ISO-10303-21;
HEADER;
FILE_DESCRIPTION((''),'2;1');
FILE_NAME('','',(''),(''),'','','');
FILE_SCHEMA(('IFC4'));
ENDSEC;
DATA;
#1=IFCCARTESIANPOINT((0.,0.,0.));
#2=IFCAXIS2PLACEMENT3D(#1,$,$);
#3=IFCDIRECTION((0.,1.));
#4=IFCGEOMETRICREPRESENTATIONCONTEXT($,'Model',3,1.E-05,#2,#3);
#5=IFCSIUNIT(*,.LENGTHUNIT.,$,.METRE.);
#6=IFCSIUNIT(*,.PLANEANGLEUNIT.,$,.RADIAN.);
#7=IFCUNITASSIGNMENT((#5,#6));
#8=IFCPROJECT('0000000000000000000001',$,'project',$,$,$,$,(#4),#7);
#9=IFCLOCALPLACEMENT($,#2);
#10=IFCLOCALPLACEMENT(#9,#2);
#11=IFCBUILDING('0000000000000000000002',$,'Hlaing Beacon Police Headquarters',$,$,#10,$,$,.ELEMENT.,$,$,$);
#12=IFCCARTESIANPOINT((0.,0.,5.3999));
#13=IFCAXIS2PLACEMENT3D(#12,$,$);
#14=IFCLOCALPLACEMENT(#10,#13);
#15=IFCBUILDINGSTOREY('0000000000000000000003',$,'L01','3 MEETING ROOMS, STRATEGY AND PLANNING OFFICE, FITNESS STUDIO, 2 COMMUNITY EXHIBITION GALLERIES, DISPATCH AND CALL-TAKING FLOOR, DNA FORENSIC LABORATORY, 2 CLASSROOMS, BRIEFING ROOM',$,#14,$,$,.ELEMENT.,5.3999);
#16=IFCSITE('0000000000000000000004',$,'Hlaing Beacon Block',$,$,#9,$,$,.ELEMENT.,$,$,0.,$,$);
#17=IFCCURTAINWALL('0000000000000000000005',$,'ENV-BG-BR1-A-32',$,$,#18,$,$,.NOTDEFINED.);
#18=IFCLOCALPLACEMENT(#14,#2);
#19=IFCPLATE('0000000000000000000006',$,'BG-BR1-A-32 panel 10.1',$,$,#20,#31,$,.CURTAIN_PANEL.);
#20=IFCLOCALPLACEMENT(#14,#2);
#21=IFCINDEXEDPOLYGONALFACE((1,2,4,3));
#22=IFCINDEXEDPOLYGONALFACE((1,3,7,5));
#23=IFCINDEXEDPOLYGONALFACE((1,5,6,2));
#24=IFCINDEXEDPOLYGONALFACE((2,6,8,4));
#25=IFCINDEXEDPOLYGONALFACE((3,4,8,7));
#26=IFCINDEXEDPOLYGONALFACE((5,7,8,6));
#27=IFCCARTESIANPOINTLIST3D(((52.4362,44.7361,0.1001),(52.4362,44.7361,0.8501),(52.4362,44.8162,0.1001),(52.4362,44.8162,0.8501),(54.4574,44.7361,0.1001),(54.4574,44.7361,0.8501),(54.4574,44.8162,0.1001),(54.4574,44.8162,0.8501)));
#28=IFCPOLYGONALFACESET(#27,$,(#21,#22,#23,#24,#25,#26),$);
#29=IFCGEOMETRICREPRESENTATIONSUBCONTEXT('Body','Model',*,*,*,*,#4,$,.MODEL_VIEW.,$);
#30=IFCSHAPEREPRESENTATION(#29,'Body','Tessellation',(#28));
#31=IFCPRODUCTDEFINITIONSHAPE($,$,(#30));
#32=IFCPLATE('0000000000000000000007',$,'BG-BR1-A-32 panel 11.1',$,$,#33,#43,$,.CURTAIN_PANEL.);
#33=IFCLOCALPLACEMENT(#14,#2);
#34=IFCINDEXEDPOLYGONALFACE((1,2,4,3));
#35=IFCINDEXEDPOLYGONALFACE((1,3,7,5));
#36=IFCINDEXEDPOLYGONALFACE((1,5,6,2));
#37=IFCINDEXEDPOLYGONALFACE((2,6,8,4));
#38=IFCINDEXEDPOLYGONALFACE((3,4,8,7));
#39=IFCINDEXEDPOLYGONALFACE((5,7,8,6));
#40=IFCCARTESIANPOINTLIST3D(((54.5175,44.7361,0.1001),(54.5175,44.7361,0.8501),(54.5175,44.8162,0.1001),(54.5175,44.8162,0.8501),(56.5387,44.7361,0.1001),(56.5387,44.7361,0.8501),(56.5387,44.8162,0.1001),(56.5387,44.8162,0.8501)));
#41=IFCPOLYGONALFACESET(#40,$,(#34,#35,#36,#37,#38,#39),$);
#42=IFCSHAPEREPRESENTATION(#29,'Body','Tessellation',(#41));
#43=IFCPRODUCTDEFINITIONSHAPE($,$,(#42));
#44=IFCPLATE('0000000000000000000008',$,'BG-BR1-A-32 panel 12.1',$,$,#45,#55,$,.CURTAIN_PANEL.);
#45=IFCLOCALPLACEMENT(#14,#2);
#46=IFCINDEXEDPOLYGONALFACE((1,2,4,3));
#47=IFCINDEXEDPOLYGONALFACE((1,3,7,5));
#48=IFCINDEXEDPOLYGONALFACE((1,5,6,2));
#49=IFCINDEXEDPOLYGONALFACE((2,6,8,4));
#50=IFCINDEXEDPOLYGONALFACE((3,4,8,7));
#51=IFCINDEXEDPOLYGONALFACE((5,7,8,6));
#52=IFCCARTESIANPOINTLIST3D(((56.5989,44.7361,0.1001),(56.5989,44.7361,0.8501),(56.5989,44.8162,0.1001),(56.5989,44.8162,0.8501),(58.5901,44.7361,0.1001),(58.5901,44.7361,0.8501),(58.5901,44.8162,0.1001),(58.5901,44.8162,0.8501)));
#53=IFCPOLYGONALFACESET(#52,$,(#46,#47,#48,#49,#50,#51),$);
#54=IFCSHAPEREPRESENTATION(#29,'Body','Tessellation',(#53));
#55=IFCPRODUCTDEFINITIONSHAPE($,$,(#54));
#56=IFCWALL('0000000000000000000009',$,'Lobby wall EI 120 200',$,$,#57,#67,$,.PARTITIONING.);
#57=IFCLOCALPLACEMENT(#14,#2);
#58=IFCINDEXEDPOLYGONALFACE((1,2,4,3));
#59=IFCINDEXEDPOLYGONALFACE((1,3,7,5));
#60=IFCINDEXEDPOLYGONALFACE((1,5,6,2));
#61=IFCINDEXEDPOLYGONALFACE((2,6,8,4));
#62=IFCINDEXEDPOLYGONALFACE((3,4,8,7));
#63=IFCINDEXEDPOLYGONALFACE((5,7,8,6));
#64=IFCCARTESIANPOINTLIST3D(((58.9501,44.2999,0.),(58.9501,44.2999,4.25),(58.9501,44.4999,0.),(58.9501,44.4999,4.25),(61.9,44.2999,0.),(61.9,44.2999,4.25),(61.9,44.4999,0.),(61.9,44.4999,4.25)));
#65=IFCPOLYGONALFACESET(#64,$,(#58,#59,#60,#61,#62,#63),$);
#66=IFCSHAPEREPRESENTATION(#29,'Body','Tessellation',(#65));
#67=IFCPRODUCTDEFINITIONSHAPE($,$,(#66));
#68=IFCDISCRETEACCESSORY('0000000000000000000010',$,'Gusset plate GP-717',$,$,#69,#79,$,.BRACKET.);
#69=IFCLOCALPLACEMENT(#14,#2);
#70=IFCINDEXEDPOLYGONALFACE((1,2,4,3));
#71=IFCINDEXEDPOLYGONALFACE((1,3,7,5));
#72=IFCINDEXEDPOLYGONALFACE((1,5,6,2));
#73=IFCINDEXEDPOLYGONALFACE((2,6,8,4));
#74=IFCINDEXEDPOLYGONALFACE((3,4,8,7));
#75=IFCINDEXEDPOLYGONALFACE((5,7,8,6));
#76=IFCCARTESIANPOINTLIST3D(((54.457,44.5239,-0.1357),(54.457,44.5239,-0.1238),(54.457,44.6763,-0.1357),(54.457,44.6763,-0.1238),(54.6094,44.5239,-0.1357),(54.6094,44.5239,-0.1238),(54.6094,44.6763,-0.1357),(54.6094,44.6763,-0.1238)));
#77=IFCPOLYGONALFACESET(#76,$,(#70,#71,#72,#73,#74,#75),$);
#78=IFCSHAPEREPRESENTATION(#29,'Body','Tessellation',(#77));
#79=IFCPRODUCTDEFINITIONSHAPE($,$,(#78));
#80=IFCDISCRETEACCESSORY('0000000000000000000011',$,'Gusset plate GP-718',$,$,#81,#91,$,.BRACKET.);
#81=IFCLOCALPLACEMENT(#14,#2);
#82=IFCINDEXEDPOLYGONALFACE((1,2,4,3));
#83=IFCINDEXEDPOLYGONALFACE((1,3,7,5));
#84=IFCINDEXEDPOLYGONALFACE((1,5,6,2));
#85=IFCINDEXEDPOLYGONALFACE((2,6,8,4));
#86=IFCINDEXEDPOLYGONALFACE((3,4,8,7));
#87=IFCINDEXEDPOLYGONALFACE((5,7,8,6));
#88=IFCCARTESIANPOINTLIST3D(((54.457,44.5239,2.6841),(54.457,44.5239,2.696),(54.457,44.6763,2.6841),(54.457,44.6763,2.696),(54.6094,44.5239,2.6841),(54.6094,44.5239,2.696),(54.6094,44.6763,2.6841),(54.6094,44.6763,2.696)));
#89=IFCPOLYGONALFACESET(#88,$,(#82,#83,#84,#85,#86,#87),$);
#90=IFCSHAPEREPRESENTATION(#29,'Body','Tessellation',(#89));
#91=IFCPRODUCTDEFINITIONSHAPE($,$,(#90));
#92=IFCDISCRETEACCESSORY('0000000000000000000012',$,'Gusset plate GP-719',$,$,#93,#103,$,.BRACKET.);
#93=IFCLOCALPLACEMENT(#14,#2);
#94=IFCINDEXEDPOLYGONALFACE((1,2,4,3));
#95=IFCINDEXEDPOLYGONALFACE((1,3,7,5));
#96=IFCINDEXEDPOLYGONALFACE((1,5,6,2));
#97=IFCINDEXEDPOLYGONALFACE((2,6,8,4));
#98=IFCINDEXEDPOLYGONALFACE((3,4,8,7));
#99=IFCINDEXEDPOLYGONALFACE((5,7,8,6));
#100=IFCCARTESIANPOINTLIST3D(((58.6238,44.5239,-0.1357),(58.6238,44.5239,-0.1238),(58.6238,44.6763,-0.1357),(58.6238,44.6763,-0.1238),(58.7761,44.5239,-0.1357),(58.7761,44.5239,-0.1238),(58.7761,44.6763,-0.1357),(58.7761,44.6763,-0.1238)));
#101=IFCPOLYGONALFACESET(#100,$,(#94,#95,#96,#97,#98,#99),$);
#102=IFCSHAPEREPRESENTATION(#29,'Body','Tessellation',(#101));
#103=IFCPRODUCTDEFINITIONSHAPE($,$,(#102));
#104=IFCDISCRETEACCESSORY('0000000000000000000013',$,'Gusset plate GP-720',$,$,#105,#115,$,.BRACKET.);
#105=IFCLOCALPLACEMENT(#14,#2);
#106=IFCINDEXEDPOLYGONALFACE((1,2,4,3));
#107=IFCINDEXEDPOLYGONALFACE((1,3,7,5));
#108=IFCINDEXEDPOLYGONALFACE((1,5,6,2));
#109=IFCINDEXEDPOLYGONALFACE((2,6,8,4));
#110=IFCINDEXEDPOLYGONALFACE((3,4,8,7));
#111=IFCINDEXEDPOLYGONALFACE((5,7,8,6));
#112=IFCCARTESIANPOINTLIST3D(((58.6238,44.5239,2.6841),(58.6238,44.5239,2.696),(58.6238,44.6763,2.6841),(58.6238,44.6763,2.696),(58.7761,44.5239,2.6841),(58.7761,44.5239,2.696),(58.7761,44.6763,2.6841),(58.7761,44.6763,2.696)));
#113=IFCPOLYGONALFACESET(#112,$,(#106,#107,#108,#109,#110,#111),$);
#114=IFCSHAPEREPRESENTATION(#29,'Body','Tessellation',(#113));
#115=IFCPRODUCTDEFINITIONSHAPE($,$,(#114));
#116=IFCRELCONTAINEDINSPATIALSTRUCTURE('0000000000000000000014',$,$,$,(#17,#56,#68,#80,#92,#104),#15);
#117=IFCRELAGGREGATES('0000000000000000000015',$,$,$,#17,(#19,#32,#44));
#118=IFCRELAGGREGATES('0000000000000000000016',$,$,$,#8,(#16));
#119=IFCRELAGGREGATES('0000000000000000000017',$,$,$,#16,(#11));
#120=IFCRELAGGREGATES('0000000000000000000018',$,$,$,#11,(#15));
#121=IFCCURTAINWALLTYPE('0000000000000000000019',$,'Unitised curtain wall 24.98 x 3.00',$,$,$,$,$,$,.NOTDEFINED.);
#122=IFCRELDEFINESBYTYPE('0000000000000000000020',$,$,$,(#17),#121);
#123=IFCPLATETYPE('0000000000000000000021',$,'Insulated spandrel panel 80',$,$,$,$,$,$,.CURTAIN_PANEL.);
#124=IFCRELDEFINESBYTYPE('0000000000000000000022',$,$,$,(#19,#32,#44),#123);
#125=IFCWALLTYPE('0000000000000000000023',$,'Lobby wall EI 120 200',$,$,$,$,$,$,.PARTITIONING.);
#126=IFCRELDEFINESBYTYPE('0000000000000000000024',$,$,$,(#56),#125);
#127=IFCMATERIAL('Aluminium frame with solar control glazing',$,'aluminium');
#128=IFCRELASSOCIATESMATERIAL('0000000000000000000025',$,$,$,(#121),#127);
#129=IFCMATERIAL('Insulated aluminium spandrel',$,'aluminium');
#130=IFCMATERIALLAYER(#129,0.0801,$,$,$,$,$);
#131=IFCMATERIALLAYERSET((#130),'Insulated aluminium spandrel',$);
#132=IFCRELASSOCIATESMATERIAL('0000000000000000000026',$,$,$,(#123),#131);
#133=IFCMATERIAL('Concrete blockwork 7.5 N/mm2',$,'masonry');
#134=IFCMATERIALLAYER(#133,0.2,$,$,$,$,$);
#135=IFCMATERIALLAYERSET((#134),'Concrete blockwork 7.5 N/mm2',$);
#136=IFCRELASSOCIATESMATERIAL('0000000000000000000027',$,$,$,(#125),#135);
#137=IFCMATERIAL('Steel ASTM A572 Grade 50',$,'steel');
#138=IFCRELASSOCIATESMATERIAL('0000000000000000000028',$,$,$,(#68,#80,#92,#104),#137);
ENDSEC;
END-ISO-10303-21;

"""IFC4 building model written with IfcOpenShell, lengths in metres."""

from ifc_helpers import new_model, si_unit, direction, frame, frame_2d, origin, origin_2d, place, context, subcontext, project, spatial, rectangle, extrude, material, layer, layer_set, type_object, element, aggregate, save


model = new_model("IFC4")

# Units and contexts
model_context = context("Model", 3, precision=1e-05, world=origin(), true_north=direction((0.0, 1.0)))
body_context = subcontext(model_context, "Body", "Model", "MODEL_VIEW")
ifc_project = project(units=[si_unit("LENGTHUNIT", "METRE"), si_unit("PLANEANGLEUNIT", "RADIAN")], contexts=[model_context])

# Site, building, storey
site_placement = place(None, origin())
site = spatial("IfcSite", under=ifc_project, at=site_placement, Name="Hlaing Beacon Block", CompositionType="ELEMENT", RefElevation=0.0)
building_placement = place(site_placement, origin())
building = spatial("IfcBuilding", under=site, at=building_placement, Name="Hlaing Beacon Police Headquarters", CompositionType="ELEMENT")
storey_placement = place(building_placement, frame((0.0, 0.0, 5.3999)))
storey = spatial("IfcBuildingStorey", under=building, at=storey_placement, Name="L01", Description="3 MEETING ROOMS, STRATEGY AND PLANNING OFFICE, FITNESS STUDIO, 2 COMMUNITY EXHIBITION GALLERIES, DISPATCH AND CALL-TAKING FLOOR, DNA FORENSIC LABORATORY, 2 CLASSROOMS, BRIEFING ROOM", CompositionType="ELEMENT", Elevation=5.3999)

# Curtain wall
ifc_material_1 = material(Name="Aluminium frame with solar control glazing", Category="aluminium")
curtain_wall_type = type_object("IfcCurtainWallType", Name="Unitised curtain wall 24.98 x 3.00", PredefinedType="NOTDEFINED", material=ifc_material_1)
curtain_wall_1_placement = place(storey_placement, origin())
curtain_wall_1 = element("IfcCurtainWall", 1, at=curtain_wall_1_placement, inside=storey, type_object=curtain_wall_type, Name="ENV-BG-BR1-A-32", PredefinedType="NOTDEFINED")

# Plates
ifc_material_2 = material(Name="Insulated aluminium spandrel", Category="aluminium")
ifc_layer_1 = layer(ifc_material_2, 0.0801)
ifc_layer_set_1 = layer_set([ifc_layer_1], Name="Insulated aluminium spandrel")
plate_type_1 = type_object("IfcPlateType", Name="Insulated spandrel panel 80", PredefinedType="CURTAIN_PANEL", material=ifc_layer_set_1)
plate_1_placement = place(storey_placement, frame((53.4468, 44.7761, 0.1001), z_axis=(0.0, 0.0, 1.0), x_axis=(1.0, 0.0, 0.0)))
plate_1 = element("IfcPlate", 2, at=plate_1_placement, type_object=plate_type_1, Name="BG-BR1-A-32 panel 10.1", PredefinedType="CURTAIN_PANEL", context=body_context, shape_type="SweptSolid", body=[
    extrude(rectangle(XDim=2.0212, YDim=0.0801, at=origin_2d()), origin(), (0.0, 0.0, 1.0), 0.75),
])
plate_2_placement = place(storey_placement, frame((55.5281, 44.7761, 0.1001), z_axis=(0.0, 0.0, 1.0), x_axis=(1.0, 0.0, 0.0)))
plate_2 = element("IfcPlate", 3, at=plate_2_placement, type_object=plate_type_1, Name="BG-BR1-A-32 panel 11.1", PredefinedType="CURTAIN_PANEL", context=body_context, shape_type="SweptSolid", body=[
    extrude(rectangle(XDim=2.0212, YDim=0.0801, at=origin_2d()), origin(), (0.0, 0.0, 1.0), 0.75),
])
plate_3_placement = place(storey_placement, frame((57.5945, 44.7761, 0.1001), z_axis=(0.0, 0.0, 1.0), x_axis=(1.0, 0.0, 0.0)))
plate_3 = element("IfcPlate", 4, at=plate_3_placement, type_object=plate_type_1, Name="BG-BR1-A-32 panel 12.1", PredefinedType="CURTAIN_PANEL", context=body_context, shape_type="SweptSolid", body=[
    extrude(rectangle(XDim=1.9912, YDim=0.0801, at=origin_2d()), origin(), (0.0, 0.0, 1.0), 0.75),
])
aggregate(curtain_wall_1, [plate_1, plate_2, plate_3])

# Wall
ifc_material_3 = material(Name="Concrete blockwork 7.5 N/mm2", Category="masonry")
ifc_layer_2 = layer(ifc_material_3, 0.2)
ifc_layer_set_2 = layer_set([ifc_layer_2], Name="Concrete blockwork 7.5 N/mm2")
wall_type = type_object("IfcWallType", Name="Lobby wall EI 120 200", PredefinedType="PARTITIONING", material=ifc_layer_set_2)
wall_placement = place(storey_placement, frame((58.95, 44.3999, 0.0), z_axis=(0.0, 0.0, 1.0), x_axis=(1.0, 0.0, 0.0)))
element("IfcWall", 5, at=wall_placement, inside=storey, type_object=wall_type, Name="Lobby wall EI 120 200", PredefinedType="PARTITIONING", context=body_context, shape_type="SweptSolid", body=[
    extrude(rectangle(XDim=2.95, YDim=0.2, at=frame_2d((1.4751, 0.0))), origin(), (0.0, 0.0, 1.0), 4.25),
])

# Discrete accessories
ifc_material_4 = material(Name="Steel ASTM A572 Grade 50", Category="steel")
for number, where, z_axis, x_axis, name in (
    (6, (54.5332, 44.6001, -0.1238), (0.0, 0.0, -1.0), (1.0, 0.0, 0.0), "Gusset plate GP-717"),
    (7, (54.5332, 44.6001, 2.6841), (0.0, 0.0, 1.0), (1.0, 0.0, 0.0), "Gusset plate GP-718"),
    (8, (58.7, 44.6001, -0.1238), (0.0, 0.0, -1.0), (1.0, 0.0, 0.0), "Gusset plate GP-719"),
    (9, (58.7, 44.6001, 2.6841), (0.0, 0.0, 1.0), (1.0, 0.0, 0.0), "Gusset plate GP-720"),
):
    element("IfcDiscreteAccessory", number, at=place(storey_placement, frame(where, z_axis=z_axis, x_axis=x_axis)), inside=storey, material=ifc_material_4, Name=name, PredefinedType="BRACKET", context=body_context, shape_type="SweptSolid", body=[
        extrude(rectangle(XDim=0.1523, YDim=0.1523, at=origin_2d()), origin(), (0.0, 0.0, 1.0), 0.012),
    ])

save(model, "model.ifc")
